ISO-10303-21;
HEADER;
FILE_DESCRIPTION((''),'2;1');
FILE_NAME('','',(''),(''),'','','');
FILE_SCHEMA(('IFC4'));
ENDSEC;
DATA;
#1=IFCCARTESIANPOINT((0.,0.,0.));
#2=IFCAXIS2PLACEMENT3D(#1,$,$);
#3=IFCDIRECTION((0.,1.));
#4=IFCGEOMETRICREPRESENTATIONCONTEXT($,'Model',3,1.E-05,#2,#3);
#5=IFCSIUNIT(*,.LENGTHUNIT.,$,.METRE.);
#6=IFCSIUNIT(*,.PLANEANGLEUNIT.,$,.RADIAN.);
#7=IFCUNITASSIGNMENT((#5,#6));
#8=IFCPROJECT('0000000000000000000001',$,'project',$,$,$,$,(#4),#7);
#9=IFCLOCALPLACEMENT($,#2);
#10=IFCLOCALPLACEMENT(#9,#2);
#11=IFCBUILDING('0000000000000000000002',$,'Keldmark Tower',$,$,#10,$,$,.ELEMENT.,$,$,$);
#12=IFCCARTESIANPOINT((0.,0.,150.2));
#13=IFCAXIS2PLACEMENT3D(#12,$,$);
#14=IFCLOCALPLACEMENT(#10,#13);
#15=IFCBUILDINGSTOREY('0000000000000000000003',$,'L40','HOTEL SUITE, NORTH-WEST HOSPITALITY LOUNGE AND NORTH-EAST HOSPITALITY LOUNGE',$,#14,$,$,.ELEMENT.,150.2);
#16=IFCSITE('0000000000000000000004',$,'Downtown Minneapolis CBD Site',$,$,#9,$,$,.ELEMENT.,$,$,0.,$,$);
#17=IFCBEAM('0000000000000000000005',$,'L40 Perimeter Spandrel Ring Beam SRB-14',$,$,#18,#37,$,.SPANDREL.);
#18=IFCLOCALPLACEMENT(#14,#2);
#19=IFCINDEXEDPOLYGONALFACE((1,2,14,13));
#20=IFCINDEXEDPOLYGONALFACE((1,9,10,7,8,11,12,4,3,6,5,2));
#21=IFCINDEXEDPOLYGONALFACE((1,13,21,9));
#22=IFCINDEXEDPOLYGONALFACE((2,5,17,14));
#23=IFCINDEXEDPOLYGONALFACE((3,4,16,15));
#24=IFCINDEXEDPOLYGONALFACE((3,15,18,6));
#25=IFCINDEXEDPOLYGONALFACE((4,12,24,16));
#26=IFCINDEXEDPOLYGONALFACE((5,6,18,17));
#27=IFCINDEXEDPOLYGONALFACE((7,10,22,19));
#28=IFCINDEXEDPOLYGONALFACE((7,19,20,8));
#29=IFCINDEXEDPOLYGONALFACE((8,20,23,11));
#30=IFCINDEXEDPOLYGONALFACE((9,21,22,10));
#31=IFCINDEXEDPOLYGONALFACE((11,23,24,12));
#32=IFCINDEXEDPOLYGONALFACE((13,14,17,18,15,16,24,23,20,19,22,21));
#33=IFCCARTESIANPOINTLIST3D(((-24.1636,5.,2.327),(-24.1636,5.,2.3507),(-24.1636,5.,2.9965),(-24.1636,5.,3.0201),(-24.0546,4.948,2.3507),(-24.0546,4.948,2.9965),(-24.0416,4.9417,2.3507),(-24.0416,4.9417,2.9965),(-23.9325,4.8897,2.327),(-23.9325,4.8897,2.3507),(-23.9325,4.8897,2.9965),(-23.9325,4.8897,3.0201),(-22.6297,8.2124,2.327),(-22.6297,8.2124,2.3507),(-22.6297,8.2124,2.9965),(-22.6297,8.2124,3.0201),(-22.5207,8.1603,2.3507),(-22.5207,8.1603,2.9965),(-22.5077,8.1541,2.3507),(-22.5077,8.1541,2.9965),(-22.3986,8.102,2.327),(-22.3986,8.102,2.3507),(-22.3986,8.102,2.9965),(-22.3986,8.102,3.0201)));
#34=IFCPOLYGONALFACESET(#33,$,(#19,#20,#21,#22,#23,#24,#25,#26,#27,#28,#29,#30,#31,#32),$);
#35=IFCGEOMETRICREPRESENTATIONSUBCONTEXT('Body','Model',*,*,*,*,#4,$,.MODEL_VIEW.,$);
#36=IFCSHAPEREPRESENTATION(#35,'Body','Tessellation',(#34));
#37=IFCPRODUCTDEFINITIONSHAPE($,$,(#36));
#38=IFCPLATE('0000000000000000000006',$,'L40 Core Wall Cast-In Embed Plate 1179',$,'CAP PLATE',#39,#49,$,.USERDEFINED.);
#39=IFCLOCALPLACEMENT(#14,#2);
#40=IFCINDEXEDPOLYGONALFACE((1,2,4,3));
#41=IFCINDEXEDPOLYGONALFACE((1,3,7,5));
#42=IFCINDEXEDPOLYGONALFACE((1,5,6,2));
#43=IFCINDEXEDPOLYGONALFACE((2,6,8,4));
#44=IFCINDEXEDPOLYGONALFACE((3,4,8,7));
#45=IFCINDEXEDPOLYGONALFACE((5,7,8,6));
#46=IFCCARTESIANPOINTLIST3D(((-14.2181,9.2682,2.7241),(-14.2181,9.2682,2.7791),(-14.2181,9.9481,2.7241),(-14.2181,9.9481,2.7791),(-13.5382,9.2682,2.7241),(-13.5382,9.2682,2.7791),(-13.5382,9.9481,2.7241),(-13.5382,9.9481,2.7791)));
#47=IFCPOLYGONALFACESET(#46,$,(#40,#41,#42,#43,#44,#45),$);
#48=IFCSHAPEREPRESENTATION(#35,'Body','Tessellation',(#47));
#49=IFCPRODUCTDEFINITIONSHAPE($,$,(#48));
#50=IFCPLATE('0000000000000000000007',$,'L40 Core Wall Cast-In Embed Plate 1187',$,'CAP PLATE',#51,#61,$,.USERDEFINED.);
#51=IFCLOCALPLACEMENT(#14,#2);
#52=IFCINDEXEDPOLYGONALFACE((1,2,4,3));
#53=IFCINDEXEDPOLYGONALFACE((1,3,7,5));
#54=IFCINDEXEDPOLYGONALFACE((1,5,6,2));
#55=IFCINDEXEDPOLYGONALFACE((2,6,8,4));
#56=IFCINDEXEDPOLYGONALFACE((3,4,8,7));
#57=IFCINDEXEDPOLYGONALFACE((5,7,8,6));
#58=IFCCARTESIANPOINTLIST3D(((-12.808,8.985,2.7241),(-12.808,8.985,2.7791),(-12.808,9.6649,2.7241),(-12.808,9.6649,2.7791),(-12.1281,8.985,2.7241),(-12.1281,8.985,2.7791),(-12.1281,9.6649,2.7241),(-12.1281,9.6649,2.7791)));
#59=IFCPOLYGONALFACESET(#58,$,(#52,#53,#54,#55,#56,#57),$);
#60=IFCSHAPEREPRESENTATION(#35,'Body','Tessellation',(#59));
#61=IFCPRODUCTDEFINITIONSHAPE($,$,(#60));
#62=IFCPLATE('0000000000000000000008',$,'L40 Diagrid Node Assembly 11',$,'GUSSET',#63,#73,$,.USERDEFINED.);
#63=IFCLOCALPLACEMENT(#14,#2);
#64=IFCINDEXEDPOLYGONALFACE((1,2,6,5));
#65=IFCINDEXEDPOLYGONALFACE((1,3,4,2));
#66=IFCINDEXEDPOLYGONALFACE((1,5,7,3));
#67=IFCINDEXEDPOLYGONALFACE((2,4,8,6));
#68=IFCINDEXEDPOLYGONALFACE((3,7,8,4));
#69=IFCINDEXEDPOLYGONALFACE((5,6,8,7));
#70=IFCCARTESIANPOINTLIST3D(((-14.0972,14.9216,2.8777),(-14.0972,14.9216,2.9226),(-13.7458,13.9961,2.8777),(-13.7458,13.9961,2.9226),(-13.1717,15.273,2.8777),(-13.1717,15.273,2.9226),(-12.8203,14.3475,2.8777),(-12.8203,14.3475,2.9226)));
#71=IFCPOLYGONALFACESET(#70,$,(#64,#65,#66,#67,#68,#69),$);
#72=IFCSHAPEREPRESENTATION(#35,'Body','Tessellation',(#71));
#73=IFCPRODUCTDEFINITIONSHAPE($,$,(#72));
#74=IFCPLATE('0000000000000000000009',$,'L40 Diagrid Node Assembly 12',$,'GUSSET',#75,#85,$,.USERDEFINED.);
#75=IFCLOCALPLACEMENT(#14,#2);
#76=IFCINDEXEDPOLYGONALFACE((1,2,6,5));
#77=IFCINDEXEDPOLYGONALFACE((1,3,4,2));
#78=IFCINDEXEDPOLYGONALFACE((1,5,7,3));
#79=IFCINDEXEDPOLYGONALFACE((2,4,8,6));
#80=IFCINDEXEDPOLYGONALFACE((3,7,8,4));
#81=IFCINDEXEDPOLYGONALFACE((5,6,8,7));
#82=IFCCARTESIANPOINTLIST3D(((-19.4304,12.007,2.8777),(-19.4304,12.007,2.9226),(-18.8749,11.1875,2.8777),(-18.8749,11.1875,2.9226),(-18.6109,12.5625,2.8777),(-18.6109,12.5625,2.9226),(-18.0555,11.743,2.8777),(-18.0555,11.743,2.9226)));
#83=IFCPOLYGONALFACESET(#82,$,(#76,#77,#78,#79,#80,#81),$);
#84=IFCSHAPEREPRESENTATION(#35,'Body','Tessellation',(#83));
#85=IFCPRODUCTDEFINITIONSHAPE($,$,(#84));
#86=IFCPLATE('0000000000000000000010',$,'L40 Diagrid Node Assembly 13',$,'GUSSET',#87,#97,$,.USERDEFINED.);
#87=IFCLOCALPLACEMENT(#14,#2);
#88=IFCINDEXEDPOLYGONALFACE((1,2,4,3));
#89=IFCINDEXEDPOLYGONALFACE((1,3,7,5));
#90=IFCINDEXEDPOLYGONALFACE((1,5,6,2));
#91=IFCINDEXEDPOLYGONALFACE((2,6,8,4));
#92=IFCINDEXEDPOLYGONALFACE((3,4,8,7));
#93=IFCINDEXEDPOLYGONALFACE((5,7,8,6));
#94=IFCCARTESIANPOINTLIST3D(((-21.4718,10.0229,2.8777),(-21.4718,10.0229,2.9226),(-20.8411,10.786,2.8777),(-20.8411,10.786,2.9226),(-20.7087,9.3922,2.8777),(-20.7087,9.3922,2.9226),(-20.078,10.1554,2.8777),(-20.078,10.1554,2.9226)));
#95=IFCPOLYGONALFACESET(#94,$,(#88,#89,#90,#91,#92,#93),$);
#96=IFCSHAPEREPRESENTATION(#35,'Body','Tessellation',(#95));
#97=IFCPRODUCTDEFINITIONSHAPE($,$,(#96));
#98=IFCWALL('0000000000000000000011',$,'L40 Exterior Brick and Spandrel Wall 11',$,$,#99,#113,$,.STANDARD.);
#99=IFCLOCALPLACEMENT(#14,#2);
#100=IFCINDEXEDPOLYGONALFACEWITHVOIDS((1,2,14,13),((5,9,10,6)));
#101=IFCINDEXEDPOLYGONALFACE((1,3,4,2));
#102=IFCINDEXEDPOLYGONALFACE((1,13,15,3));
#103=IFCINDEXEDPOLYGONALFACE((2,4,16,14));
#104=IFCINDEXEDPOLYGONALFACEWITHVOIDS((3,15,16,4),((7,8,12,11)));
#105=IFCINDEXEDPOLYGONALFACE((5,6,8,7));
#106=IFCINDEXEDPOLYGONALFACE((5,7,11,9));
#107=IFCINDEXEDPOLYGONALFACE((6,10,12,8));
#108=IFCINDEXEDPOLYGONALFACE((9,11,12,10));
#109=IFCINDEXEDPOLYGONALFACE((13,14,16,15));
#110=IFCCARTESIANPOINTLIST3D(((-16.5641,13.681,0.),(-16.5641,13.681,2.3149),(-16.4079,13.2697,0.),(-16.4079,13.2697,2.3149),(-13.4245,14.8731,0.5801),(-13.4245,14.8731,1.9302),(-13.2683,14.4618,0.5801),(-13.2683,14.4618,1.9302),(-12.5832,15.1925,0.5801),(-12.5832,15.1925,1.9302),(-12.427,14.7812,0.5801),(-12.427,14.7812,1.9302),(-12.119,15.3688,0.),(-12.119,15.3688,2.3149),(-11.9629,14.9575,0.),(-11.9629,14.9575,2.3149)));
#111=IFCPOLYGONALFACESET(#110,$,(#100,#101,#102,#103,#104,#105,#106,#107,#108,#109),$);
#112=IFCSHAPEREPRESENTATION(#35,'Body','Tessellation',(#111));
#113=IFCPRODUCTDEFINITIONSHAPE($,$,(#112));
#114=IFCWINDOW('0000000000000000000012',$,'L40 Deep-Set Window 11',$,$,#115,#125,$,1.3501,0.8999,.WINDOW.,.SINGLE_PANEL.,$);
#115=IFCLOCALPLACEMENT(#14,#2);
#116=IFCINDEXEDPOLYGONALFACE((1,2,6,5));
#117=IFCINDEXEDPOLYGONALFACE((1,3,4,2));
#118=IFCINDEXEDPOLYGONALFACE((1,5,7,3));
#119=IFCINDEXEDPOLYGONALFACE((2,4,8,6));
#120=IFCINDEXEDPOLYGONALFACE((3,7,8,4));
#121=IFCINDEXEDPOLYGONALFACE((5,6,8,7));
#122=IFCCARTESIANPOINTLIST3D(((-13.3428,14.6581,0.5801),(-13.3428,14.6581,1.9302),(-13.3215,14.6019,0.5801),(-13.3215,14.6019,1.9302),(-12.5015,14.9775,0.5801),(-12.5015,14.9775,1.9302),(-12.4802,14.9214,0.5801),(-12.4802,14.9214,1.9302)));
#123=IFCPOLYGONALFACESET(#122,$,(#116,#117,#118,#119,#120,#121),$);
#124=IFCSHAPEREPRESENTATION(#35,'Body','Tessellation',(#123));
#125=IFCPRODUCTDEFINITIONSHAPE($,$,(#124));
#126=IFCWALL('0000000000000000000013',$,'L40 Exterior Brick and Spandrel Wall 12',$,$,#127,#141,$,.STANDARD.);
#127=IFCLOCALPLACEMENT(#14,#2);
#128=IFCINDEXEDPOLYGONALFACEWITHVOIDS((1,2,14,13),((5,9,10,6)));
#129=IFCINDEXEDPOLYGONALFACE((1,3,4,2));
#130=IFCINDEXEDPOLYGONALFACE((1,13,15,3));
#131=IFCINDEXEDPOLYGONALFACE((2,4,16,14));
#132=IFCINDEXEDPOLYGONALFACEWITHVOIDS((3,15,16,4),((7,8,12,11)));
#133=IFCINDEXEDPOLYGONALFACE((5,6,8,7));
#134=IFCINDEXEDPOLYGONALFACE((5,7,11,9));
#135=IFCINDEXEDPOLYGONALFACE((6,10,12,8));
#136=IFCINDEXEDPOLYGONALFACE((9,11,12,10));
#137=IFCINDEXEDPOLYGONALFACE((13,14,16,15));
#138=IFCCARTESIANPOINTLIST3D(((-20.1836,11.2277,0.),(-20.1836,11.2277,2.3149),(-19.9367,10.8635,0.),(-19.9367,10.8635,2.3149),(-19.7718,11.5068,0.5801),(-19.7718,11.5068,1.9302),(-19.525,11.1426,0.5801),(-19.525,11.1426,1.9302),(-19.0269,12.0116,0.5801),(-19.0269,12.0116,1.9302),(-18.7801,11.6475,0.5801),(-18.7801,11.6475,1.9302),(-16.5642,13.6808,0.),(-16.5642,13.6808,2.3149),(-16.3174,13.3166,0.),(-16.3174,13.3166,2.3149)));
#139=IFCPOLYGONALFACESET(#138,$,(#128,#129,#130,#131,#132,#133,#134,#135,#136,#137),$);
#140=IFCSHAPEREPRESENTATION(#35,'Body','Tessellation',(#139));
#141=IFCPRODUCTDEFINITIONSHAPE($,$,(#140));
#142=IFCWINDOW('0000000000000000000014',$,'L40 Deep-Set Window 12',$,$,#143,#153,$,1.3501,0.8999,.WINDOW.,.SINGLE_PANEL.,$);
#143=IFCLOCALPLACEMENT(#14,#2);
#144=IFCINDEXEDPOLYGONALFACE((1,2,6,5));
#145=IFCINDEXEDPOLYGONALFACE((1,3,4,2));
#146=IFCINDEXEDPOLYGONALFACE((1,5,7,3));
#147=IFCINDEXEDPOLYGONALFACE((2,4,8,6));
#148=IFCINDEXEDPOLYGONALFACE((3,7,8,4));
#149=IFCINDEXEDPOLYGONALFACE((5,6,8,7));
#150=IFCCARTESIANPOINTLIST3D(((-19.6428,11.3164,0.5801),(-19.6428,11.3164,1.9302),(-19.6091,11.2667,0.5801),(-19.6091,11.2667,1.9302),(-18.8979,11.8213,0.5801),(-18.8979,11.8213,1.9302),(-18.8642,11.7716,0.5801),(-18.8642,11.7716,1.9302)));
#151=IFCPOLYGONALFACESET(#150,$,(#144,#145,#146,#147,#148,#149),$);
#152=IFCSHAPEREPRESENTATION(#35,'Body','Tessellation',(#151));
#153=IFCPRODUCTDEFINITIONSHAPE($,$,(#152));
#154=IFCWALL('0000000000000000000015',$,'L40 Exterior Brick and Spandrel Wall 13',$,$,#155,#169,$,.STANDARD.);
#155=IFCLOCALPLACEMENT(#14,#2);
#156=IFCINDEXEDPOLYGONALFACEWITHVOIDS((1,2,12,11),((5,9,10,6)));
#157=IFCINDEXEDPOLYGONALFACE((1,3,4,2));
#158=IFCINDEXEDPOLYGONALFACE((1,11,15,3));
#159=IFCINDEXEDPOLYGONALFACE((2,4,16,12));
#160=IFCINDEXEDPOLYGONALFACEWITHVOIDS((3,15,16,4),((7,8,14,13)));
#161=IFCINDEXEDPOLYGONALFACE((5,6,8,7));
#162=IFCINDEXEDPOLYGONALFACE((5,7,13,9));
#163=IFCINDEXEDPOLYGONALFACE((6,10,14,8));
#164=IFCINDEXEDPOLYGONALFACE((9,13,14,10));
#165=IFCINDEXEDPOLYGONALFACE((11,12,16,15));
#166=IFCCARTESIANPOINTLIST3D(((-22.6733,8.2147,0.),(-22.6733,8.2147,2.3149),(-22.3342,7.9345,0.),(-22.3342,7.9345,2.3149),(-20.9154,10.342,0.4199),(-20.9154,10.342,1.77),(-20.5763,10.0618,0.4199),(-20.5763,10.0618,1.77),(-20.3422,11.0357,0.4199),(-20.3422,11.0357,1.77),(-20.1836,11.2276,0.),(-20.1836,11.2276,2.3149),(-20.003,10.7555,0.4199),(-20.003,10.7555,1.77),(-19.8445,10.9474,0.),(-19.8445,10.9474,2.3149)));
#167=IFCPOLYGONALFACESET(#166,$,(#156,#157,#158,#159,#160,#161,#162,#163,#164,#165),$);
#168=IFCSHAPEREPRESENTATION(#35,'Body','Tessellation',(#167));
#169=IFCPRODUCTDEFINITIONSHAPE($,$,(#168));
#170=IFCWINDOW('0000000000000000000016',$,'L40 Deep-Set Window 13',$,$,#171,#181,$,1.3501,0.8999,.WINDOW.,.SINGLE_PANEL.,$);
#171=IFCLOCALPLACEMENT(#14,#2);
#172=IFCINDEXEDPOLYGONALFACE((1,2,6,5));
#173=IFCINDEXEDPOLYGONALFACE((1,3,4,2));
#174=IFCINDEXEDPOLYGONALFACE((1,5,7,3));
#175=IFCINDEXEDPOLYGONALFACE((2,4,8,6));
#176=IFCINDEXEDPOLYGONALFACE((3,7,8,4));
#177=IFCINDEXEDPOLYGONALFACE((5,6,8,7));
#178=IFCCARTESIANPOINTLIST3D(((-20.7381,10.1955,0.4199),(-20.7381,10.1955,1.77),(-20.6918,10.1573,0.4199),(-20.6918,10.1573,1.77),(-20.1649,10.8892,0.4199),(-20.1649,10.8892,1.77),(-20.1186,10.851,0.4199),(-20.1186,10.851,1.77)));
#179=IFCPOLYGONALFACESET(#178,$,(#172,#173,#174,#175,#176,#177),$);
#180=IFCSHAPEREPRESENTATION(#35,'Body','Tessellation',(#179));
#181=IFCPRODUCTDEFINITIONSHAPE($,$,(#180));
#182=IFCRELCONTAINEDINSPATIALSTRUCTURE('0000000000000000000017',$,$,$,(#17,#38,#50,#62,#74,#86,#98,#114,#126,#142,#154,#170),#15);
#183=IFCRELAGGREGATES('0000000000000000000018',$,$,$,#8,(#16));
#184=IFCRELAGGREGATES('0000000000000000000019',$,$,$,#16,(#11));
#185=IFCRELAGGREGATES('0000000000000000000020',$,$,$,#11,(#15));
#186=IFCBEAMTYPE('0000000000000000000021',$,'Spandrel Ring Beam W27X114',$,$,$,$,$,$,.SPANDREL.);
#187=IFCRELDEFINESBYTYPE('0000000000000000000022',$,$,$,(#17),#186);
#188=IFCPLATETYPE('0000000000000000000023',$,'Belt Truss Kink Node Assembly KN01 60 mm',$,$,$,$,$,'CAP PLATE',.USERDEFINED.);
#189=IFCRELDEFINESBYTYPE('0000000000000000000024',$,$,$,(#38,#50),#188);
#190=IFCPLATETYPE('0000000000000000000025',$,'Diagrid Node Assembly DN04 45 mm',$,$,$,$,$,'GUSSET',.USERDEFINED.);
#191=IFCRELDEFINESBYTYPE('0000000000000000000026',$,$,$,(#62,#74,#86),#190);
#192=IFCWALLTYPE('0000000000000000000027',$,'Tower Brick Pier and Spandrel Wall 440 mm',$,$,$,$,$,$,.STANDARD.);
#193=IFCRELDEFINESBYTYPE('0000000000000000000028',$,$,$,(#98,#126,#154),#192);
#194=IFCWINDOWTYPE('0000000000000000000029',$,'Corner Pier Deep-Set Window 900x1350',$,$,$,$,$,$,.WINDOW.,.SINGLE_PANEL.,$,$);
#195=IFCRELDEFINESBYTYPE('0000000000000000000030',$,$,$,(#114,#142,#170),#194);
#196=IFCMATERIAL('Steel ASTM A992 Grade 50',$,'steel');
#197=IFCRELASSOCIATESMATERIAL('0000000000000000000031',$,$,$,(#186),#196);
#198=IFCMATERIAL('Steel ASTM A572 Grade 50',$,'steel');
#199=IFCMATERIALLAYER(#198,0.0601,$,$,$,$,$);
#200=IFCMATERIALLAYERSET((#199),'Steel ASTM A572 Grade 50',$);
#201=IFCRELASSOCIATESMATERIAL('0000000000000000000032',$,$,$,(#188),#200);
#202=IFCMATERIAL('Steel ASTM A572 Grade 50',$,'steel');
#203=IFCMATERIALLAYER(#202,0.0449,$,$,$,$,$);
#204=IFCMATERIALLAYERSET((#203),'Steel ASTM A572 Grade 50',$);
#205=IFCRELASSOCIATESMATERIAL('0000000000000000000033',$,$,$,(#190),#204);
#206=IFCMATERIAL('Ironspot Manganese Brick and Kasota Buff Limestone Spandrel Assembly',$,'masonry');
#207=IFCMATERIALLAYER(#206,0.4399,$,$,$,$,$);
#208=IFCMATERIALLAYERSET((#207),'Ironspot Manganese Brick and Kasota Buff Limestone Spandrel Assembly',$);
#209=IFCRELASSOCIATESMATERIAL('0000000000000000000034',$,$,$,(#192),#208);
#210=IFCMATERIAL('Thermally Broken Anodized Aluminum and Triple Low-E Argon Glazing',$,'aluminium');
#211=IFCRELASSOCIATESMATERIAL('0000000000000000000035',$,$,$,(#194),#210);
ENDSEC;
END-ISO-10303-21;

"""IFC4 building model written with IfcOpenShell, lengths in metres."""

from ifc_helpers import new_model, si_unit, direction, frame, frame_2d, origin, origin_2d, place, context, subcontext, project, spatial, rectangle, i_section, extrude, material, layer, layer_set, material_profile, profile_set, type_object, element, fill, save


model = new_model("IFC4")

# Units and contexts
model_context = context("Model", 3, precision=1e-05, world=origin(), true_north=direction((0.0, 1.0)))
body_context = subcontext(model_context, "Body", "Model", "MODEL_VIEW")
ifc_project = project(units=[si_unit("LENGTHUNIT", "METRE"), si_unit("PLANEANGLEUNIT", "RADIAN")], contexts=[model_context])

# Site, building, storey
site_placement = place(None, origin())
site = spatial("IfcSite", under=ifc_project, at=site_placement, Name="Downtown Minneapolis CBD Site", CompositionType="ELEMENT", RefElevation=0.0)
building_placement = place(site_placement, origin())
building = spatial("IfcBuilding", under=site, at=building_placement, Name="Keldmark Tower", CompositionType="ELEMENT")
storey_placement = place(building_placement, frame((0.0, 0.0, 150.2)))
storey = spatial("IfcBuildingStorey", under=building, at=storey_placement, Name="L40", Description="HOTEL SUITE, NORTH-WEST HOSPITALITY LOUNGE AND NORTH-EAST HOSPITALITY LOUNGE", CompositionType="ELEMENT", Elevation=150.2)

# Beam
ifc_material_1 = material(Name="Steel ASTM A992 Grade 50", Category="steel")
ifc_material_profile_1 = material_profile(ifc_material_1, i_section(OverallWidth=0.2561, OverallDepth=0.6931, WebThickness=0.0144, FlangeThickness=0.0237, at=origin_2d()), Name="W27X114")
ifc_profile_set_1 = profile_set([ifc_material_profile_1], Name="Steel ASTM A992 Grade 50")
beam_type_1 = type_object("IfcBeamType", Name="Spandrel Ring Beam W27X114", PredefinedType="SPANDREL", material=ifc_profile_set_1)
beam_1_placement = place(storey_placement, frame((-22.5142, 8.1572, 2.6736), z_axis=(-0.4309, -0.9024, 0.0), x_axis=(0.9024, -0.4309, 0.0)))
element("IfcBeam", 1, at=beam_1_placement, inside=storey, type_object=beam_type_1, Name="L40 Perimeter Spandrel Ring Beam SRB-14", PredefinedType="SPANDREL", context=body_context, shape_type="SweptSolid", body=[
    extrude(i_section(OverallWidth=0.2561, OverallDepth=0.6931, WebThickness=0.0144, FlangeThickness=0.0237, at=origin_2d()), origin(), (0.0, 0.0, 1.0), 3.5598),
])

# Plates
ifc_material_2 = material(Name="Steel ASTM A572 Grade 50", Category="steel")
ifc_layer_1 = layer(ifc_material_2, 0.0601)
ifc_layer_set_1 = layer_set([ifc_layer_1], Name="Steel ASTM A572 Grade 50")
plate_type_1 = type_object("IfcPlateType", Name="Belt Truss Kink Node Assembly KN01 60 mm", ElementType="CAP PLATE", PredefinedType="USERDEFINED", material=ifc_layer_set_1)
for number, where, z_axis, x_axis, name in (
    (2, (-13.8782, 9.6082, 2.7241), (0.0, 0.0, 1.0), (1.0, 0.0, 0.0), "L40 Core Wall Cast-In Embed Plate 1179"),
    (3, (-12.468, 9.325, 2.7241), (0.0, 0.0, 1.0), (1.0, 0.0, 0.0), "L40 Core Wall Cast-In Embed Plate 1187"),
):
    element("IfcPlate", number, at=place(storey_placement, frame(where, z_axis=z_axis, x_axis=x_axis)), inside=storey, type_object=plate_type_1, Name=name, ObjectType="CAP PLATE", PredefinedType="USERDEFINED", context=body_context, shape_type="SweptSolid", body=[
        extrude(rectangle(XDim=0.6799, YDim=0.6799, at=origin_2d()), origin(), (0.0, 0.0, 1.0), 0.0549),
    ])
ifc_material_3 = material(Name="Steel ASTM A572 Grade 50", Category="steel")
ifc_layer_2 = layer(ifc_material_3, 0.0449)
ifc_layer_set_2 = layer_set([ifc_layer_2], Name="Steel ASTM A572 Grade 50")
plate_type_2 = type_object("IfcPlateType", Name="Diagrid Node Assembly DN04 45 mm", ElementType="GUSSET", PredefinedType="USERDEFINED", material=ifc_layer_set_2)
for number, where, z_axis, x_axis, name in (
    (4, (-13.4587, 14.6345, 2.8777), (0.0, 0.0, 1.0), (-0.934888, -0.354944, 0.0), "L40 Diagrid Node Assembly 11"),
    (5, (-18.7429, 11.875, 2.8777), (0.0, 0.0, 1.0), (-0.827767, -0.561072, 0.0), "L40 Diagrid Node Assembly 12"),
    (6, (-20.7749, 10.0891, 2.8777), (0.0, 0.0, 1.0), (-0.63702, -0.770847, 0.0), "L40 Diagrid Node Assembly 13"),
):
    element("IfcPlate", number, at=place(storey_placement, frame(where, z_axis=z_axis, x_axis=x_axis)), inside=storey, type_object=plate_type_2, Name=name, ObjectType="GUSSET", PredefinedType="USERDEFINED", context=body_context, shape_type="SweptSolid", body=[
        extrude(rectangle(XDim=0.99, YDim=0.99, at=origin_2d()), origin(), (0.0, 0.0, 1.0), 0.0449),
    ])

# Walls, openings, windows
ifc_material_4 = material(Name="Ironspot Manganese Brick and Kasota Buff Limestone Spandrel Assembly", Category="masonry")
ifc_layer_3 = layer(ifc_material_4, 0.4399)
ifc_layer_set_3 = layer_set([ifc_layer_3], Name="Ironspot Manganese Brick and Kasota Buff Limestone Spandrel Assembly")
wall_type_1 = type_object("IfcWallType", Name="Tower Brick Pier and Spandrel Wall 440 mm", PredefinedType="STANDARD", material=ifc_layer_set_3)
wall_1_placement = place(storey_placement, frame((-16.4861, 13.4753, 0.0), z_axis=(0.0, 0.0, 1.0), x_axis=(0.93488, 0.354964, 0.0)))
wall_1 = element("IfcWall", 7, at=wall_1_placement, inside=storey, type_object=wall_type_1, Name="L40 Exterior Brick and Spandrel Wall 11", PredefinedType="STANDARD", context=body_context, shape_type="SweptSolid", body=[
    extrude(rectangle(XDim=4.7546, YDim=0.4399, at=frame_2d((2.3774, 0.0))), origin(), (0.0, 0.0, 1.0), 2.3149),
])
opening_1_placement = place(wall_1_placement, frame((3.3584, 0.0, 0.5801)))
opening_1 = element("IfcOpeningElement", 8, at=opening_1_placement, cuts=wall_1, PredefinedType="OPENING", context=body_context, shape_type="SweptSolid", body=[
    extrude(rectangle(XDim=0.8999, YDim=1.3501, at=frame_2d((0.45, 0.675))), frame((0.0, 0.23, 0.0), z_axis=(0.0, -1.0, 0.0), x_axis=(1.0, 0.0, 0.0)), (0.0, 0.0, 1.0), 0.46),
])
ifc_material_5 = material(Name="Thermally Broken Anodized Aluminum and Triple Low-E Argon Glazing", Category="aluminium")
window_type = type_object("IfcWindowType", Name="Corner Pier Deep-Set Window 900x1350", PartitioningType="SINGLE_PANEL", PredefinedType="WINDOW", material=ifc_material_5)
window_1_placement = place(opening_1_placement, origin())
window_1 = element("IfcWindow", 9, at=window_1_placement, inside=storey, type_object=window_type, Name="L40 Deep-Set Window 11", OverallHeight=1.3501, OverallWidth=0.8999, PartitioningType="SINGLE_PANEL", PredefinedType="WINDOW", context=body_context, shape_type="SweptSolid", body=[
    extrude(rectangle(XDim=0.8999, YDim=1.3501, at=frame_2d((0.45, 0.675))), frame((0.0, -0.01, 0.0), z_axis=(0.0, -1.0, 0.0), x_axis=(1.0, 0.0, 0.0)), (0.0, 0.0, 1.0), 0.0601),
])
fill(opening_1, window_1)
wall_2_placement = place(storey_placement, frame((-20.0601, 11.0457, 0.0), z_axis=(0.0, 0.0, 1.0), x_axis=(0.827782, 0.561049, 0.0)))
wall_2 = element("IfcWall", 10, at=wall_2_placement, inside=storey, type_object=wall_type_1, Name="L40 Exterior Brick and Spandrel Wall 12", PredefinedType="STANDARD", context=body_context, shape_type="SweptSolid", body=[
    extrude(rectangle(XDim=4.3723, YDim=0.4399, at=frame_2d((2.186, 0.0))), origin(), (0.0, 0.0, 1.0), 2.3149),
])
opening_2_placement = place(wall_2_placement, frame((0.4973, 0.0, 0.5801)))
opening_2 = element("IfcOpeningElement", 11, at=opening_2_placement, cuts=wall_2, PredefinedType="OPENING", context=body_context, shape_type="SweptSolid", body=[
    extrude(rectangle(XDim=0.8999, YDim=1.3501, at=frame_2d((0.45, 0.675))), frame((0.0, 0.23, 0.0), z_axis=(0.0, -1.0, 0.0), x_axis=(1.0, 0.0, 0.0)), (0.0, 0.0, 1.0), 0.46),
])
window_2_placement = place(opening_2_placement, origin())
window_2 = element("IfcWindow", 12, at=window_2_placement, inside=storey, type_object=window_type, Name="L40 Deep-Set Window 12", OverallHeight=1.3501, OverallWidth=0.8999, PartitioningType="SINGLE_PANEL", PredefinedType="WINDOW", context=body_context, shape_type="SweptSolid", body=[
    extrude(rectangle(XDim=0.8999, YDim=1.3501, at=frame_2d((0.45, 0.675))), frame((0.0, -0.01, 0.0), z_axis=(0.0, -1.0, 0.0), x_axis=(1.0, 0.0, 0.0)), (0.0, 0.0, 1.0), 0.0601),
])
fill(opening_2, window_2)
wall_3_placement = place(storey_placement, frame((-22.5037, 8.0747, 0.0), z_axis=(0.0, 0.0, 1.0), x_axis=(0.637003, 0.770862, 0.0)))
wall_3 = element("IfcWall", 13, at=wall_3_placement, inside=storey, type_object=wall_type_1, Name="L40 Exterior Brick and Spandrel Wall 13", PredefinedType="STANDARD", context=body_context, shape_type="SweptSolid", body=[
    extrude(rectangle(XDim=3.9084, YDim=0.4399, at=frame_2d((1.9541, 0.0))), origin(), (0.0, 0.0, 1.0), 2.3149),
])
opening_3_placement = place(wall_3_placement, frame((2.7595, 0.0, 0.4199)))
opening_3 = element("IfcOpeningElement", 14, at=opening_3_placement, cuts=wall_3, PredefinedType="OPENING", context=body_context, shape_type="SweptSolid", body=[
    extrude(rectangle(XDim=0.8999, YDim=1.3501, at=frame_2d((0.45, 0.675))), frame((0.0, 0.23, 0.0), z_axis=(0.0, -1.0, 0.0), x_axis=(1.0, 0.0, 0.0)), (0.0, 0.0, 1.0), 0.46),
])
window_3_placement = place(opening_3_placement, origin())
window_3 = element("IfcWindow", 15, at=window_3_placement, inside=storey, type_object=window_type, Name="L40 Deep-Set Window 13", OverallHeight=1.3501, OverallWidth=0.8999, PartitioningType="SINGLE_PANEL", PredefinedType="WINDOW", context=body_context, shape_type="SweptSolid", body=[
    extrude(rectangle(XDim=0.8999, YDim=1.3501, at=frame_2d((0.45, 0.675))), frame((0.0, -0.01, 0.0), z_axis=(0.0, -1.0, 0.0), x_axis=(1.0, 0.0, 0.0)), (0.0, 0.0, 1.0), 0.0601),
])
fill(opening_3, window_3)

save(model, "model.ifc")
